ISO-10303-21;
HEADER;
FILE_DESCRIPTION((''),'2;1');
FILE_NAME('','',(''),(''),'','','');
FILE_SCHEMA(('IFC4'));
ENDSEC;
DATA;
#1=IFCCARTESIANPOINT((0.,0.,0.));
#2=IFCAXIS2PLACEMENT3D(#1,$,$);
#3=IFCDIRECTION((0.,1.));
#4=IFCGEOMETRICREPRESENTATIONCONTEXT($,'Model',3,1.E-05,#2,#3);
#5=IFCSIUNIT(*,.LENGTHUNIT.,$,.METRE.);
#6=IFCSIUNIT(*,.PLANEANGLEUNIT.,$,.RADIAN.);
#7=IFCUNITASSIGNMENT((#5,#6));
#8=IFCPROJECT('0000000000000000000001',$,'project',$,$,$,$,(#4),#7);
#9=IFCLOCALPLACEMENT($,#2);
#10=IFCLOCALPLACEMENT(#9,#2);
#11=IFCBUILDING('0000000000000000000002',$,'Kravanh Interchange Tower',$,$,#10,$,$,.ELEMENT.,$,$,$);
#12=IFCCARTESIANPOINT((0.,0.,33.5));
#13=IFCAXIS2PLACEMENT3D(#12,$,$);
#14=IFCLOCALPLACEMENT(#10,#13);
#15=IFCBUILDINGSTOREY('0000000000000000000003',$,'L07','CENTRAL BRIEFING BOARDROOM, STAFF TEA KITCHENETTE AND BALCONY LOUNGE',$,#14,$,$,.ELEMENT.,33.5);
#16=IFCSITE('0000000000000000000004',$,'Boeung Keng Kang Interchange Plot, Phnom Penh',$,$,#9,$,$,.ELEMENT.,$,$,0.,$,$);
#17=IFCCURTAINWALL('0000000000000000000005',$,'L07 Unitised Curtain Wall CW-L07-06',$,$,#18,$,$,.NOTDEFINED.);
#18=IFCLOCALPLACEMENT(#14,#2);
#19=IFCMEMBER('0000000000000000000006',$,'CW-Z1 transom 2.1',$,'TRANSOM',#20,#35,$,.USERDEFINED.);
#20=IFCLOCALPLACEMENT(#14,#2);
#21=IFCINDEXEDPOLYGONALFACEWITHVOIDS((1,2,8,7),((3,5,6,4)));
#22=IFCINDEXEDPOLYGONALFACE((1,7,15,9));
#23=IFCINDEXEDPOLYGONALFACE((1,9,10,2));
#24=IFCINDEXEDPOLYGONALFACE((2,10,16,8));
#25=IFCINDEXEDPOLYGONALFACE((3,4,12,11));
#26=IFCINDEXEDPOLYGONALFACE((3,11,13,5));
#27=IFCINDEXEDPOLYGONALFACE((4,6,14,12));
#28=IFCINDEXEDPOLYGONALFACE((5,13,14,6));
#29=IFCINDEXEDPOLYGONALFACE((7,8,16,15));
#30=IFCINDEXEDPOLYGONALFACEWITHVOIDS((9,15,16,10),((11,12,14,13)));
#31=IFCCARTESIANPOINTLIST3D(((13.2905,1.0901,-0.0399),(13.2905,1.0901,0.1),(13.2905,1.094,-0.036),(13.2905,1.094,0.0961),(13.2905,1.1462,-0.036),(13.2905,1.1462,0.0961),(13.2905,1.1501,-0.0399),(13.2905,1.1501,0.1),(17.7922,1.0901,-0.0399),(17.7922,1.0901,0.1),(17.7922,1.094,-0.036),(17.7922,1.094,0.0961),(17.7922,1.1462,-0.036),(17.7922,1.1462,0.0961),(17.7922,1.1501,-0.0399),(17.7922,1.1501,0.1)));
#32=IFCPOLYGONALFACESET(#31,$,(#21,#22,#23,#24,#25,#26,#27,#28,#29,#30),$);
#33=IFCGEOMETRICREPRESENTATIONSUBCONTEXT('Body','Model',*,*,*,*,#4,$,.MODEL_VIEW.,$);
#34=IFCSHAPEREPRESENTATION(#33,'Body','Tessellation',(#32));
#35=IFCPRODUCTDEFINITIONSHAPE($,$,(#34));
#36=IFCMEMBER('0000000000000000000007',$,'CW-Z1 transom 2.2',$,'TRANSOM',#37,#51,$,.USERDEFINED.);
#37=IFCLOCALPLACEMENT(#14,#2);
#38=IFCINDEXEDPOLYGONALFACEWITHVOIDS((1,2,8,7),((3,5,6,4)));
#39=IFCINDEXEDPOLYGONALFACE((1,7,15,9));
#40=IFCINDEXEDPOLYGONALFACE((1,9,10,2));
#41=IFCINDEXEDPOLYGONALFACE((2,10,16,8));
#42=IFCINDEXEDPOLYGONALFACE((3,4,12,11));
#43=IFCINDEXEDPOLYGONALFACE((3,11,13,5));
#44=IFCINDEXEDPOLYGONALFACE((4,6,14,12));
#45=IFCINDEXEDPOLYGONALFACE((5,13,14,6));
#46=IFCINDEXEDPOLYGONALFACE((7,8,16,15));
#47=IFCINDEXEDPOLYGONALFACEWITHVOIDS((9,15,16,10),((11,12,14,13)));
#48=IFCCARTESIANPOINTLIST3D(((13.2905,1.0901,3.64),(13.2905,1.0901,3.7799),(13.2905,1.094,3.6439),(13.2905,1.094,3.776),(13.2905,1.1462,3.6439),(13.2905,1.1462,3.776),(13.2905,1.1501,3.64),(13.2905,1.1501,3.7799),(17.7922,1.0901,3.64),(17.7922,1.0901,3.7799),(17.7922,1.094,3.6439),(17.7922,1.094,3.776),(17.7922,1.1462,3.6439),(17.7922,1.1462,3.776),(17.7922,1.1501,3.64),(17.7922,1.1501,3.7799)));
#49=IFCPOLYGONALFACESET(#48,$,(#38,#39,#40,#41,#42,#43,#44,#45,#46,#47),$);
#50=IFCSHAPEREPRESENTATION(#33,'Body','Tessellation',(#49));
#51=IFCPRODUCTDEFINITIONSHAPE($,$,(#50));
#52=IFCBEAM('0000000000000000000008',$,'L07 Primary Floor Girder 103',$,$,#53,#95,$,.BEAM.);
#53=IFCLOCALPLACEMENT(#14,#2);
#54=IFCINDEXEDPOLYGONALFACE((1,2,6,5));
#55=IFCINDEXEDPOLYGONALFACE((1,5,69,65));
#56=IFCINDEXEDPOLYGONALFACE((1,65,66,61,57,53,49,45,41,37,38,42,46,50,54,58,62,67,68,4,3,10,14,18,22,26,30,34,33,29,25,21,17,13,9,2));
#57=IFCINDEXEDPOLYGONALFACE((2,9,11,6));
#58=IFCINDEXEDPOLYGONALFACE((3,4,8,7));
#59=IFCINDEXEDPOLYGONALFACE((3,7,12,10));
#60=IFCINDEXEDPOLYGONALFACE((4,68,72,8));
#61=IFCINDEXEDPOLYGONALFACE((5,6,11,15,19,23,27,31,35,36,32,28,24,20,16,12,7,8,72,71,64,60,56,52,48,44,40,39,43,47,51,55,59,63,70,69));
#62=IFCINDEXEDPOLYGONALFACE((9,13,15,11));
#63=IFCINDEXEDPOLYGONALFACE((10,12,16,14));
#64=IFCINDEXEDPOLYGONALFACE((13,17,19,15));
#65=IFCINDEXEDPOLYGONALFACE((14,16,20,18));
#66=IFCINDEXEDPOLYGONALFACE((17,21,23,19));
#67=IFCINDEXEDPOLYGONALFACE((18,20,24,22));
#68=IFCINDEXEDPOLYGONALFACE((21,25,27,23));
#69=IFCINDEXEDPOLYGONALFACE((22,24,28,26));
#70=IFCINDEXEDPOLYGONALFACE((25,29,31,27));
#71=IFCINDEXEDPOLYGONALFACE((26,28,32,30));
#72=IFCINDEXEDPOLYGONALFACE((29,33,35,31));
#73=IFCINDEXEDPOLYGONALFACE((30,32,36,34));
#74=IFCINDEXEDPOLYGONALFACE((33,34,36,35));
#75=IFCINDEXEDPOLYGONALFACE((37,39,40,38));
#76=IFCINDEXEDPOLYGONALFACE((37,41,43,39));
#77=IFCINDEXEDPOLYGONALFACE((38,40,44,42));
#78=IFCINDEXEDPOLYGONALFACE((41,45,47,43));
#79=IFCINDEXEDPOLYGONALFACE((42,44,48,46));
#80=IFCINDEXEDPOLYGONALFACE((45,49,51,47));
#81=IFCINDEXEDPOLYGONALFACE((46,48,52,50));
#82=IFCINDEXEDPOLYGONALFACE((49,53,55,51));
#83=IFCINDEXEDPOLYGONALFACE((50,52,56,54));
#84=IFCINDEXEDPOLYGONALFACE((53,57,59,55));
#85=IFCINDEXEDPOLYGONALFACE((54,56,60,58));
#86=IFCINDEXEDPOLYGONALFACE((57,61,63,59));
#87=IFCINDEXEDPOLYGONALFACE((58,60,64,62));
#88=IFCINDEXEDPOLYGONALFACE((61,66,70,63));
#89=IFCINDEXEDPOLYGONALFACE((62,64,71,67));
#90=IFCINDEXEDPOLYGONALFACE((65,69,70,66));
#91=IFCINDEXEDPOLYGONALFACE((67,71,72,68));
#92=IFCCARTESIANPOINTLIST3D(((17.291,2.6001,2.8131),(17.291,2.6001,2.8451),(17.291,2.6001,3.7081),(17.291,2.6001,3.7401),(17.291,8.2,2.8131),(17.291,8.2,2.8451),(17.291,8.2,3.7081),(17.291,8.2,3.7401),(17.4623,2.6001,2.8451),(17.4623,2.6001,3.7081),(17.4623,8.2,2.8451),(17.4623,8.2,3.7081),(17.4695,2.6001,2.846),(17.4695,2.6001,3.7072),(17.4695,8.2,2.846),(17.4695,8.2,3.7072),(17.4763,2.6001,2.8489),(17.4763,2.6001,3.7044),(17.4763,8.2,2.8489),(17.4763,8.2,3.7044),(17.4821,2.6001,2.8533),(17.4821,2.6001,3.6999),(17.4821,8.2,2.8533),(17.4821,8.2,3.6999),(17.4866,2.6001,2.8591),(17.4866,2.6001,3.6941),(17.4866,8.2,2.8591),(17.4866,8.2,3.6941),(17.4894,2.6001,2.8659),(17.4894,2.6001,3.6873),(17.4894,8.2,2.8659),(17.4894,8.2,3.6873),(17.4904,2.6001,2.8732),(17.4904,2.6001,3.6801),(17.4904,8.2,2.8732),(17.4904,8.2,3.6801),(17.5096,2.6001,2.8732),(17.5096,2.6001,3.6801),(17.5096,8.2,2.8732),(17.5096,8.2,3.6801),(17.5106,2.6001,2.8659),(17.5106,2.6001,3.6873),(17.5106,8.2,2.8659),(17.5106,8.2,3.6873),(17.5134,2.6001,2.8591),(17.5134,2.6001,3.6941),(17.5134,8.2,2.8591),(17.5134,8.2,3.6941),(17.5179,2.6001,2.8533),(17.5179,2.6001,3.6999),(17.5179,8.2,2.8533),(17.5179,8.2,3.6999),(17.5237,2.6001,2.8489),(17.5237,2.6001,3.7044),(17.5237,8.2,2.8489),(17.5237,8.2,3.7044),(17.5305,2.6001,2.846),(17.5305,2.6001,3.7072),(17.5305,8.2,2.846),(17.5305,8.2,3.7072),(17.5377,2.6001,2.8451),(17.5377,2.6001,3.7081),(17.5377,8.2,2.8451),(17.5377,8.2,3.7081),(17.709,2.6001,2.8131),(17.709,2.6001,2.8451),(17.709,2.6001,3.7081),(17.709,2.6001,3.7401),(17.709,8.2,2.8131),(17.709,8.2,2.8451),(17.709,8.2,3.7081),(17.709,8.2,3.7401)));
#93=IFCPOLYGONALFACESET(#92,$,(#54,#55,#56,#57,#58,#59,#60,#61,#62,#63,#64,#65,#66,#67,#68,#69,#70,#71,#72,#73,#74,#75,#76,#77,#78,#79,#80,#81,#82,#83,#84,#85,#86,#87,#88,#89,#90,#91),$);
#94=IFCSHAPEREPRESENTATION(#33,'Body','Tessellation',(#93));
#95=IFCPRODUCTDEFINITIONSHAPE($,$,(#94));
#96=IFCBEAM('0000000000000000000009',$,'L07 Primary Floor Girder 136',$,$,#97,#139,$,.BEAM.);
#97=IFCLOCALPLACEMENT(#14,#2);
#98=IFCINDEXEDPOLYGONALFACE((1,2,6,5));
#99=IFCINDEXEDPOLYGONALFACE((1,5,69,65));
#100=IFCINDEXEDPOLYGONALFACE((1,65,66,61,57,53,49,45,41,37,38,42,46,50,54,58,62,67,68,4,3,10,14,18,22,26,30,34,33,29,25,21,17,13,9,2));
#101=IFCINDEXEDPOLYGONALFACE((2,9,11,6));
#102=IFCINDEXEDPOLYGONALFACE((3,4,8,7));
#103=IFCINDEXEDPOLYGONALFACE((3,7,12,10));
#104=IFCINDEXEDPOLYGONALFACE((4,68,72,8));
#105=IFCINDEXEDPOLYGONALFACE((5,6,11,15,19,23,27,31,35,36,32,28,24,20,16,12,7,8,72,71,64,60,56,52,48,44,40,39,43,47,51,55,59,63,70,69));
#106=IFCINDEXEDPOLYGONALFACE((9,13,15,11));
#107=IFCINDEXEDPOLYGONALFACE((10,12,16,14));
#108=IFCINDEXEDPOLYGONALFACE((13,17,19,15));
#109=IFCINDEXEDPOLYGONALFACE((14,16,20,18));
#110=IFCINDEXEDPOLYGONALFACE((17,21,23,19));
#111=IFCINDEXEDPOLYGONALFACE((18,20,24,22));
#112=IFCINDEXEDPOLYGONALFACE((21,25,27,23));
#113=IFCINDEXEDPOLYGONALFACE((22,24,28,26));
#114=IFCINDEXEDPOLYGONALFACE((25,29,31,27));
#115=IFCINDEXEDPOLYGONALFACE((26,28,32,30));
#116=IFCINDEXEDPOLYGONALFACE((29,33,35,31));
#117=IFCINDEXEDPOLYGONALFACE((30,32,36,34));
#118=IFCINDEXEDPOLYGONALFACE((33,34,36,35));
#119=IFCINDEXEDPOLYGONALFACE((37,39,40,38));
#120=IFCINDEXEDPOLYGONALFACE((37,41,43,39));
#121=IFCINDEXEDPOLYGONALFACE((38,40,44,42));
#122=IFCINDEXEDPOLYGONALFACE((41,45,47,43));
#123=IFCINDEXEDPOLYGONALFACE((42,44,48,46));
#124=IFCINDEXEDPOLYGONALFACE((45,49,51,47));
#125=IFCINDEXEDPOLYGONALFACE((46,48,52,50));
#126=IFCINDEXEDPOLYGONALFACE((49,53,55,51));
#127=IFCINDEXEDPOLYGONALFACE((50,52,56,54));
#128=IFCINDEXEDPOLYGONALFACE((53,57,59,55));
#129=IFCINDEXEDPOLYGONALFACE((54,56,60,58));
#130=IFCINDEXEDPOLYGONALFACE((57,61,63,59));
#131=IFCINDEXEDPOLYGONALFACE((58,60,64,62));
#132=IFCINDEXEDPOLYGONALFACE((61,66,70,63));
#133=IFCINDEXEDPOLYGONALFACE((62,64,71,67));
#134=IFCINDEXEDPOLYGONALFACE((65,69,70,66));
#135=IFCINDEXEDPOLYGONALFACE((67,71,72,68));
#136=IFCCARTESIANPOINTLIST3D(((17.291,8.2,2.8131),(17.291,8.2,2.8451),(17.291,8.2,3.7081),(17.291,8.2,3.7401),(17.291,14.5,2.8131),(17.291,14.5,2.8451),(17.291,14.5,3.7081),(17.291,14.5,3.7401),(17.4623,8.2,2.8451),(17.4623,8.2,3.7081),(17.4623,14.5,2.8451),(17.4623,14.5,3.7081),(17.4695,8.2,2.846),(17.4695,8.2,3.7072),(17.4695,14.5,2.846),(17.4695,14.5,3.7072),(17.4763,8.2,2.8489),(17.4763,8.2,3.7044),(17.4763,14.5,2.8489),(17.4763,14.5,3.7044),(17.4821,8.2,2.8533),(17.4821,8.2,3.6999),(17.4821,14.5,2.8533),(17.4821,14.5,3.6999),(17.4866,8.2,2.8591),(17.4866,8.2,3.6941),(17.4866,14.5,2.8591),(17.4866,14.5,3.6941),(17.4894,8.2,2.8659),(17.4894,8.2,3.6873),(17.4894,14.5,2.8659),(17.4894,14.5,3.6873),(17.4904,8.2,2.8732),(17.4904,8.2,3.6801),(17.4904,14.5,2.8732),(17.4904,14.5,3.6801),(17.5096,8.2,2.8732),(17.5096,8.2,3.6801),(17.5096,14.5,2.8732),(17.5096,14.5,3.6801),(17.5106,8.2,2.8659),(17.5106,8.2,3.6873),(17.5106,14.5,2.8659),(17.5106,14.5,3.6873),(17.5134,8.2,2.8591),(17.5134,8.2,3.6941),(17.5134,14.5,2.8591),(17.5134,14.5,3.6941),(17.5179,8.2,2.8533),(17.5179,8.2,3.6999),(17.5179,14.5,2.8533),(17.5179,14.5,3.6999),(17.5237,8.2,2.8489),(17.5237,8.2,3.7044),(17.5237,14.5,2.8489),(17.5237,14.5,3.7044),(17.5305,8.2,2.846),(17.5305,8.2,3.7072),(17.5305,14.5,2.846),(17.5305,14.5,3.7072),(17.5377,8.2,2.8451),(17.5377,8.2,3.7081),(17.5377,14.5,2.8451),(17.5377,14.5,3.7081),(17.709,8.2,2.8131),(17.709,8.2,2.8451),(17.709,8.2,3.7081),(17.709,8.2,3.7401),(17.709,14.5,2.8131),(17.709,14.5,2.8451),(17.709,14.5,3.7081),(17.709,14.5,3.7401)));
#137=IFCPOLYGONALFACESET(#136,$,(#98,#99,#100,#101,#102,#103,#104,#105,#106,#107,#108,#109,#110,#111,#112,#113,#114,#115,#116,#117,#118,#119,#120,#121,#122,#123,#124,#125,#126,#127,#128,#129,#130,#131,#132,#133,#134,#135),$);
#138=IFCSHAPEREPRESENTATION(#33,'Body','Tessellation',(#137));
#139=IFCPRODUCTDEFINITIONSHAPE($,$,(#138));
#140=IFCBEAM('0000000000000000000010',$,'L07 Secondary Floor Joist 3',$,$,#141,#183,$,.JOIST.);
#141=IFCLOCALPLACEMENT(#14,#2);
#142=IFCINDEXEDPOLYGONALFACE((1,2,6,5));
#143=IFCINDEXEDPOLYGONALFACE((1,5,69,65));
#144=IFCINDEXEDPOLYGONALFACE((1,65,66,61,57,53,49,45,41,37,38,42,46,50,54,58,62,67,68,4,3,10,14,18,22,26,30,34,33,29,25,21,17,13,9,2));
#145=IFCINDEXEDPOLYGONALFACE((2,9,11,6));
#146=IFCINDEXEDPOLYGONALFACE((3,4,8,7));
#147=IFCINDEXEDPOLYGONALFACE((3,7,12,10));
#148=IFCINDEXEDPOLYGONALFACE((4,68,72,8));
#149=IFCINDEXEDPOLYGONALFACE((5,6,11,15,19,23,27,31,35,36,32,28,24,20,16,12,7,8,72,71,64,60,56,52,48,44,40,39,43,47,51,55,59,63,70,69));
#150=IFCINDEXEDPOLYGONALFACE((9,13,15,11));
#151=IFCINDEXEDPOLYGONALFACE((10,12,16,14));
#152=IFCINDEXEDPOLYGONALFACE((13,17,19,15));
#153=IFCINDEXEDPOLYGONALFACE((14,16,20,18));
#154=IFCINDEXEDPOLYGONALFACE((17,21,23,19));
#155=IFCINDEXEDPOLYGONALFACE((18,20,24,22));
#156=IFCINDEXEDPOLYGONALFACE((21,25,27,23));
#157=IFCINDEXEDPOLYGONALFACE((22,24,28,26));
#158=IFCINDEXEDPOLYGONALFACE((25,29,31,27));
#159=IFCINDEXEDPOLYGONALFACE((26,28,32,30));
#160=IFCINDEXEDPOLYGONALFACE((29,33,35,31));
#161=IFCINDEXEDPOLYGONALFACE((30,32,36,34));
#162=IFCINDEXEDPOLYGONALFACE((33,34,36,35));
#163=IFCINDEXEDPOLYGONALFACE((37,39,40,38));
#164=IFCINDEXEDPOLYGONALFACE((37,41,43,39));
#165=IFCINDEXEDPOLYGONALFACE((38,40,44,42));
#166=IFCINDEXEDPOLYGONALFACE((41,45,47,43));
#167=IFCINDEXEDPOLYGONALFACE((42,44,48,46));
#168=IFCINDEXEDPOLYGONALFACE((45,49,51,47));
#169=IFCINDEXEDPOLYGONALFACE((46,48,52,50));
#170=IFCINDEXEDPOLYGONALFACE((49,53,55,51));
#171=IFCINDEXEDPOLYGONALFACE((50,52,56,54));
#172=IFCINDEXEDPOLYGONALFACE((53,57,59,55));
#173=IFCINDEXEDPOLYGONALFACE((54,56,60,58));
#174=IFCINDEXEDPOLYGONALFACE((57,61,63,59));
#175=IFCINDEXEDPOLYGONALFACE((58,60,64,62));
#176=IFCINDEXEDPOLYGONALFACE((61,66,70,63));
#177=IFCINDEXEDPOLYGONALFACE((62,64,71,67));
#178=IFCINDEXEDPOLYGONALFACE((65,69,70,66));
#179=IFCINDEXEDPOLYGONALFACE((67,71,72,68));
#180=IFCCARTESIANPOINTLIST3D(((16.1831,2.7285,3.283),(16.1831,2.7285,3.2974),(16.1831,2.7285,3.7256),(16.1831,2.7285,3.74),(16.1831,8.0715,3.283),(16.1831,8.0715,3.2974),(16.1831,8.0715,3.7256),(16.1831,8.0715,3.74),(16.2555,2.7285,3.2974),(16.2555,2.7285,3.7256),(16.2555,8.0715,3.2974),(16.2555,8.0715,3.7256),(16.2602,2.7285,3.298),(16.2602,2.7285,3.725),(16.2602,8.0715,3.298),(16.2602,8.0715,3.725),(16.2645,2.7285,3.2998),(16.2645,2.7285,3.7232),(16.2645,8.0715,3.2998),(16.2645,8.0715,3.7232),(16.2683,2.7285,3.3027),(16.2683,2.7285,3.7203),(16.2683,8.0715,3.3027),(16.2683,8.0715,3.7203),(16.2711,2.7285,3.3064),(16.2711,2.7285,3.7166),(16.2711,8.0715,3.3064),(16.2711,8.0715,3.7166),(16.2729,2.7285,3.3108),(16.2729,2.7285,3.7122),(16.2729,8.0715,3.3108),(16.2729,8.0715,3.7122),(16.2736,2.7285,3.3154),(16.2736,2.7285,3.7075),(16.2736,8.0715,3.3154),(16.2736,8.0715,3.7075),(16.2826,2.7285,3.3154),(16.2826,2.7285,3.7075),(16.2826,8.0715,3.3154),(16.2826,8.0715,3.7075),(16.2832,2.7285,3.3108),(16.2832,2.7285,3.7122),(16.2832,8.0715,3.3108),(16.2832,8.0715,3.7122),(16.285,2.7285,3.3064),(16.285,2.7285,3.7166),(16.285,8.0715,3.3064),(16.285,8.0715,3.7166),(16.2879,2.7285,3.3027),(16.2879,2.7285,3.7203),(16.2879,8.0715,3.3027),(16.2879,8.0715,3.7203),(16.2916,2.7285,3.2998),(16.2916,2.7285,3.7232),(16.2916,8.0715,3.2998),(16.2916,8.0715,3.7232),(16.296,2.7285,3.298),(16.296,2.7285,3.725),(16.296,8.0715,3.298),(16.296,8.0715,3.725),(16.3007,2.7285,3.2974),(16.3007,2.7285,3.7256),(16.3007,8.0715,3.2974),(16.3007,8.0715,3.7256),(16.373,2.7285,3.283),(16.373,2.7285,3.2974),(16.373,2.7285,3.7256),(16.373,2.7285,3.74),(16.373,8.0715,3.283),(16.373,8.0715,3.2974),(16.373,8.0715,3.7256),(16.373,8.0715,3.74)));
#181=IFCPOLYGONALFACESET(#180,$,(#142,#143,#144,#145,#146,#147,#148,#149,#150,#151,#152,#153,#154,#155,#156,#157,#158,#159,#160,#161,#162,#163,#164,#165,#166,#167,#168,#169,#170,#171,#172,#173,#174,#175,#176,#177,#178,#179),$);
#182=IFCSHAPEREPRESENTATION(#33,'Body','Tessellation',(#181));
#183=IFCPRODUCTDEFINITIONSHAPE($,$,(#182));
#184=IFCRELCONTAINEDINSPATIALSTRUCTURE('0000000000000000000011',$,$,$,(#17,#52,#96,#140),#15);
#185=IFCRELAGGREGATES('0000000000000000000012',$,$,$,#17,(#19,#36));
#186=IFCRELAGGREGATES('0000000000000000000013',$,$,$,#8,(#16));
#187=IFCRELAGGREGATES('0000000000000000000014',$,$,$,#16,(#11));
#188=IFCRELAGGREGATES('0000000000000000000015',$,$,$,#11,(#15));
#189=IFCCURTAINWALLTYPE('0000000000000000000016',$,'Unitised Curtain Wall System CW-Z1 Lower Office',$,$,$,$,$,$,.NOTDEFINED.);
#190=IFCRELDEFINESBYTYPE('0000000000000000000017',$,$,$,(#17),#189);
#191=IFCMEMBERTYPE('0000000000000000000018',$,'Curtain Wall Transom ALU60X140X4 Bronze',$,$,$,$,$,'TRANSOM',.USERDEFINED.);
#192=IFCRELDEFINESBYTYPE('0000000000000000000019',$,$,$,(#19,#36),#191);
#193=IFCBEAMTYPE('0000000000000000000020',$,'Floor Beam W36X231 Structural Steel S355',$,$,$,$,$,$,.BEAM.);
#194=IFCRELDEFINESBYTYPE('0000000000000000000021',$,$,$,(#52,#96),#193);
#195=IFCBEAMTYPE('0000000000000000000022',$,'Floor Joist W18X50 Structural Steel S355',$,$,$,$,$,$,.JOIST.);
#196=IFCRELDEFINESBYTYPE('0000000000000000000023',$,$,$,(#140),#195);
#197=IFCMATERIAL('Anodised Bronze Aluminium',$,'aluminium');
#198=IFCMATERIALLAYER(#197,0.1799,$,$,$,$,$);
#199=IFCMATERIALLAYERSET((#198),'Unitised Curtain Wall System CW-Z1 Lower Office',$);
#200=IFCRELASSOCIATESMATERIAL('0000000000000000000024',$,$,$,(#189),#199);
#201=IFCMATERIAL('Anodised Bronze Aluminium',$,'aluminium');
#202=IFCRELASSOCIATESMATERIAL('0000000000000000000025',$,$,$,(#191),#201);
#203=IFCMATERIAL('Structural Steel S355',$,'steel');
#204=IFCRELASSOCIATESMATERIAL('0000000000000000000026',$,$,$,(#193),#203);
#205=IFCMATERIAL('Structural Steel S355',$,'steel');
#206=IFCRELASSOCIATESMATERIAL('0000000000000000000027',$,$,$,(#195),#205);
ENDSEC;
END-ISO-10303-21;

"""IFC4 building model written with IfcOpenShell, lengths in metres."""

from ifc_helpers import new_model, si_unit, direction, frame, origin, origin_2d, place, context, subcontext, project, spatial, hollow_rectangle, i_section, extrude, material, layer, layer_set, material_profile, profile_set, type_object, element, aggregate, save


model = new_model("IFC4")

# Units and contexts
model_context = context("Model", 3, precision=1e-05, world=origin(), true_north=direction((0.0, 1.0)))
body_context = subcontext(model_context, "Body", "Model", "MODEL_VIEW")
ifc_project = project(units=[si_unit("LENGTHUNIT", "METRE"), si_unit("PLANEANGLEUNIT", "RADIAN")], contexts=[model_context])

# Site, building, storey
site_placement = place(None, origin())
site = spatial("IfcSite", under=ifc_project, at=site_placement, Name="Boeung Keng Kang Interchange Plot, Phnom Penh", CompositionType="ELEMENT", RefElevation=0.0)
building_placement = place(site_placement, origin())
building = spatial("IfcBuilding", under=site, at=building_placement, Name="Kravanh Interchange Tower", CompositionType="ELEMENT")
storey_placement = place(building_placement, frame((0.0, 0.0, 33.5)))
storey = spatial("IfcBuildingStorey", under=building, at=storey_placement, Name="L07", Description="CENTRAL BRIEFING BOARDROOM, STAFF TEA KITCHENETTE AND BALCONY LOUNGE", CompositionType="ELEMENT", Elevation=33.5)

# Curtain wall, members
ifc_material_1 = material(Name="Anodised Bronze Aluminium", Category="aluminium")
ifc_layer_1 = layer(ifc_material_1, 0.1799)
ifc_layer_set_1 = layer_set([ifc_layer_1], Name="Unitised Curtain Wall System CW-Z1 Lower Office")
curtain_wall_type = type_object("IfcCurtainWallType", Name="Unitised Curtain Wall System CW-Z1 Lower Office", PredefinedType="NOTDEFINED", material=ifc_layer_set_1)
curtain_wall_placement = place(storey_placement, origin())
curtain_wall = element("IfcCurtainWall", 1, at=curtain_wall_placement, inside=storey, type_object=curtain_wall_type, Name="L07 Unitised Curtain Wall CW-L07-06", PredefinedType="NOTDEFINED")
ifc_material_2 = material(Name="Anodised Bronze Aluminium", Category="aluminium")
ifc_material_profile_1 = material_profile(ifc_material_2, hollow_rectangle(XDim=0.0601, YDim=0.1399, WallThickness=0.0039, at=origin_2d()), Name="ALU60X140X4")
ifc_profile_set_1 = profile_set([ifc_material_profile_1], Name="Anodised Bronze Aluminium")
member_type_1 = type_object("IfcMemberType", Name="Curtain Wall Transom ALU60X140X4 Bronze", ElementType="TRANSOM", PredefinedType="USERDEFINED", material=ifc_profile_set_1)
member_1_placement = place(storey_placement, frame((17.7922, 1.1201, 0.03), z_axis=(-1.0, 0.0, 0.0), x_axis=(0.0, -1.0, 0.0)))
member_1 = element("IfcMember", 2, at=member_1_placement, type_object=member_type_1, Name="CW-Z1 transom 2.1", ObjectType="TRANSOM", PredefinedType="USERDEFINED", context=body_context, shape_type="SweptSolid", body=[
    extrude(hollow_rectangle(XDim=0.0601, YDim=0.1399, WallThickness=0.0039, at=origin_2d()), origin(), (0.0, 0.0, 1.0), 4.5017),
])
member_2_placement = place(storey_placement, frame((17.7922, 1.1201, 3.71), z_axis=(-1.0, 0.0, 0.0), x_axis=(0.0, -1.0, 0.0)))
member_2 = element("IfcMember", 3, at=member_2_placement, type_object=member_type_1, Name="CW-Z1 transom 2.2", ObjectType="TRANSOM", PredefinedType="USERDEFINED", context=body_context, shape_type="SweptSolid", body=[
    extrude(hollow_rectangle(XDim=0.0601, YDim=0.1399, WallThickness=0.0039, at=origin_2d()), origin(), (0.0, 0.0, 1.0), 4.5017),
])

# Beams
ifc_material_3 = material(Name="Structural Steel S355", Category="steel")
ifc_material_profile_2 = material_profile(ifc_material_3, i_section(OverallWidth=0.418, OverallDepth=0.927, WebThickness=0.0193, FlangeThickness=0.032, FilletRadius=0.0281, at=origin_2d()), Name="W36X231")
ifc_profile_set_2 = profile_set([ifc_material_profile_2], Name="Structural Steel S355")
beam_type_1 = type_object("IfcBeamType", Name="Floor Beam W36X231 Structural Steel S355", PredefinedType="BEAM", material=ifc_profile_set_2)
beam_1_placement = place(storey_placement, frame((17.5, 2.6001, 3.2766), z_axis=(0.0, 1.0, 0.0), x_axis=(-1.0, 0.0, 0.0)))
element("IfcBeam", 4, at=beam_1_placement, inside=storey, type_object=beam_type_1, Name="L07 Primary Floor Girder 103", PredefinedType="BEAM", context=body_context, shape_type="SweptSolid", body=[
    extrude(i_section(OverallWidth=0.418, OverallDepth=0.927, WebThickness=0.0193, FlangeThickness=0.032, FilletRadius=0.0281, at=origin_2d()), origin(), (0.0, 0.0, 1.0), 5.5999),
])
beam_2_placement = place(storey_placement, frame((17.5, 8.2, 3.2766), z_axis=(0.0, 1.0, 0.0), x_axis=(-1.0, 0.0, 0.0)))
element("IfcBeam", 5, at=beam_2_placement, inside=storey, type_object=beam_type_1, Name="L07 Primary Floor Girder 136", PredefinedType="BEAM", context=body_context, shape_type="SweptSolid", body=[
    extrude(i_section(OverallWidth=0.418, OverallDepth=0.927, WebThickness=0.0193, FlangeThickness=0.032, FilletRadius=0.0281, at=origin_2d()), origin(), (0.0, 0.0, 1.0), 6.3),
])
ifc_material_4 = material(Name="Structural Steel S355", Category="steel")
ifc_material_profile_3 = material_profile(ifc_material_4, i_section(OverallWidth=0.1899, OverallDepth=0.457, WebThickness=0.009, FlangeThickness=0.0144, FilletRadius=0.0181, at=origin_2d()), Name="W18X50")
ifc_profile_set_3 = profile_set([ifc_material_profile_3], Name="Structural Steel S355")
beam_type_2 = type_object("IfcBeamType", Name="Floor Joist W18X50 Structural Steel S355", PredefinedType="JOIST", material=ifc_profile_set_3)
for number, where, z_axis, x_axis, name in (
    (6, (16.2781, 2.7285, 3.5115), (0.0, 1.0, 0.0), (-1.0, 0.0, 0.0), "L07 Secondary Floor Joist 3"),
):
    element("IfcBeam", number, at=place(storey_placement, frame(where, z_axis=z_axis, x_axis=x_axis)), inside=storey, type_object=beam_type_2, Name=name, PredefinedType="JOIST", context=body_context, shape_type="SweptSolid", body=[
        extrude(i_section(OverallWidth=0.1899, OverallDepth=0.457, WebThickness=0.009, FlangeThickness=0.0144, FilletRadius=0.0181, at=origin_2d()), origin(), (0.0, 0.0, 1.0), 5.343),
    ])

aggregate(curtain_wall, [member_1, member_2])

save(model, "model.ifc")
